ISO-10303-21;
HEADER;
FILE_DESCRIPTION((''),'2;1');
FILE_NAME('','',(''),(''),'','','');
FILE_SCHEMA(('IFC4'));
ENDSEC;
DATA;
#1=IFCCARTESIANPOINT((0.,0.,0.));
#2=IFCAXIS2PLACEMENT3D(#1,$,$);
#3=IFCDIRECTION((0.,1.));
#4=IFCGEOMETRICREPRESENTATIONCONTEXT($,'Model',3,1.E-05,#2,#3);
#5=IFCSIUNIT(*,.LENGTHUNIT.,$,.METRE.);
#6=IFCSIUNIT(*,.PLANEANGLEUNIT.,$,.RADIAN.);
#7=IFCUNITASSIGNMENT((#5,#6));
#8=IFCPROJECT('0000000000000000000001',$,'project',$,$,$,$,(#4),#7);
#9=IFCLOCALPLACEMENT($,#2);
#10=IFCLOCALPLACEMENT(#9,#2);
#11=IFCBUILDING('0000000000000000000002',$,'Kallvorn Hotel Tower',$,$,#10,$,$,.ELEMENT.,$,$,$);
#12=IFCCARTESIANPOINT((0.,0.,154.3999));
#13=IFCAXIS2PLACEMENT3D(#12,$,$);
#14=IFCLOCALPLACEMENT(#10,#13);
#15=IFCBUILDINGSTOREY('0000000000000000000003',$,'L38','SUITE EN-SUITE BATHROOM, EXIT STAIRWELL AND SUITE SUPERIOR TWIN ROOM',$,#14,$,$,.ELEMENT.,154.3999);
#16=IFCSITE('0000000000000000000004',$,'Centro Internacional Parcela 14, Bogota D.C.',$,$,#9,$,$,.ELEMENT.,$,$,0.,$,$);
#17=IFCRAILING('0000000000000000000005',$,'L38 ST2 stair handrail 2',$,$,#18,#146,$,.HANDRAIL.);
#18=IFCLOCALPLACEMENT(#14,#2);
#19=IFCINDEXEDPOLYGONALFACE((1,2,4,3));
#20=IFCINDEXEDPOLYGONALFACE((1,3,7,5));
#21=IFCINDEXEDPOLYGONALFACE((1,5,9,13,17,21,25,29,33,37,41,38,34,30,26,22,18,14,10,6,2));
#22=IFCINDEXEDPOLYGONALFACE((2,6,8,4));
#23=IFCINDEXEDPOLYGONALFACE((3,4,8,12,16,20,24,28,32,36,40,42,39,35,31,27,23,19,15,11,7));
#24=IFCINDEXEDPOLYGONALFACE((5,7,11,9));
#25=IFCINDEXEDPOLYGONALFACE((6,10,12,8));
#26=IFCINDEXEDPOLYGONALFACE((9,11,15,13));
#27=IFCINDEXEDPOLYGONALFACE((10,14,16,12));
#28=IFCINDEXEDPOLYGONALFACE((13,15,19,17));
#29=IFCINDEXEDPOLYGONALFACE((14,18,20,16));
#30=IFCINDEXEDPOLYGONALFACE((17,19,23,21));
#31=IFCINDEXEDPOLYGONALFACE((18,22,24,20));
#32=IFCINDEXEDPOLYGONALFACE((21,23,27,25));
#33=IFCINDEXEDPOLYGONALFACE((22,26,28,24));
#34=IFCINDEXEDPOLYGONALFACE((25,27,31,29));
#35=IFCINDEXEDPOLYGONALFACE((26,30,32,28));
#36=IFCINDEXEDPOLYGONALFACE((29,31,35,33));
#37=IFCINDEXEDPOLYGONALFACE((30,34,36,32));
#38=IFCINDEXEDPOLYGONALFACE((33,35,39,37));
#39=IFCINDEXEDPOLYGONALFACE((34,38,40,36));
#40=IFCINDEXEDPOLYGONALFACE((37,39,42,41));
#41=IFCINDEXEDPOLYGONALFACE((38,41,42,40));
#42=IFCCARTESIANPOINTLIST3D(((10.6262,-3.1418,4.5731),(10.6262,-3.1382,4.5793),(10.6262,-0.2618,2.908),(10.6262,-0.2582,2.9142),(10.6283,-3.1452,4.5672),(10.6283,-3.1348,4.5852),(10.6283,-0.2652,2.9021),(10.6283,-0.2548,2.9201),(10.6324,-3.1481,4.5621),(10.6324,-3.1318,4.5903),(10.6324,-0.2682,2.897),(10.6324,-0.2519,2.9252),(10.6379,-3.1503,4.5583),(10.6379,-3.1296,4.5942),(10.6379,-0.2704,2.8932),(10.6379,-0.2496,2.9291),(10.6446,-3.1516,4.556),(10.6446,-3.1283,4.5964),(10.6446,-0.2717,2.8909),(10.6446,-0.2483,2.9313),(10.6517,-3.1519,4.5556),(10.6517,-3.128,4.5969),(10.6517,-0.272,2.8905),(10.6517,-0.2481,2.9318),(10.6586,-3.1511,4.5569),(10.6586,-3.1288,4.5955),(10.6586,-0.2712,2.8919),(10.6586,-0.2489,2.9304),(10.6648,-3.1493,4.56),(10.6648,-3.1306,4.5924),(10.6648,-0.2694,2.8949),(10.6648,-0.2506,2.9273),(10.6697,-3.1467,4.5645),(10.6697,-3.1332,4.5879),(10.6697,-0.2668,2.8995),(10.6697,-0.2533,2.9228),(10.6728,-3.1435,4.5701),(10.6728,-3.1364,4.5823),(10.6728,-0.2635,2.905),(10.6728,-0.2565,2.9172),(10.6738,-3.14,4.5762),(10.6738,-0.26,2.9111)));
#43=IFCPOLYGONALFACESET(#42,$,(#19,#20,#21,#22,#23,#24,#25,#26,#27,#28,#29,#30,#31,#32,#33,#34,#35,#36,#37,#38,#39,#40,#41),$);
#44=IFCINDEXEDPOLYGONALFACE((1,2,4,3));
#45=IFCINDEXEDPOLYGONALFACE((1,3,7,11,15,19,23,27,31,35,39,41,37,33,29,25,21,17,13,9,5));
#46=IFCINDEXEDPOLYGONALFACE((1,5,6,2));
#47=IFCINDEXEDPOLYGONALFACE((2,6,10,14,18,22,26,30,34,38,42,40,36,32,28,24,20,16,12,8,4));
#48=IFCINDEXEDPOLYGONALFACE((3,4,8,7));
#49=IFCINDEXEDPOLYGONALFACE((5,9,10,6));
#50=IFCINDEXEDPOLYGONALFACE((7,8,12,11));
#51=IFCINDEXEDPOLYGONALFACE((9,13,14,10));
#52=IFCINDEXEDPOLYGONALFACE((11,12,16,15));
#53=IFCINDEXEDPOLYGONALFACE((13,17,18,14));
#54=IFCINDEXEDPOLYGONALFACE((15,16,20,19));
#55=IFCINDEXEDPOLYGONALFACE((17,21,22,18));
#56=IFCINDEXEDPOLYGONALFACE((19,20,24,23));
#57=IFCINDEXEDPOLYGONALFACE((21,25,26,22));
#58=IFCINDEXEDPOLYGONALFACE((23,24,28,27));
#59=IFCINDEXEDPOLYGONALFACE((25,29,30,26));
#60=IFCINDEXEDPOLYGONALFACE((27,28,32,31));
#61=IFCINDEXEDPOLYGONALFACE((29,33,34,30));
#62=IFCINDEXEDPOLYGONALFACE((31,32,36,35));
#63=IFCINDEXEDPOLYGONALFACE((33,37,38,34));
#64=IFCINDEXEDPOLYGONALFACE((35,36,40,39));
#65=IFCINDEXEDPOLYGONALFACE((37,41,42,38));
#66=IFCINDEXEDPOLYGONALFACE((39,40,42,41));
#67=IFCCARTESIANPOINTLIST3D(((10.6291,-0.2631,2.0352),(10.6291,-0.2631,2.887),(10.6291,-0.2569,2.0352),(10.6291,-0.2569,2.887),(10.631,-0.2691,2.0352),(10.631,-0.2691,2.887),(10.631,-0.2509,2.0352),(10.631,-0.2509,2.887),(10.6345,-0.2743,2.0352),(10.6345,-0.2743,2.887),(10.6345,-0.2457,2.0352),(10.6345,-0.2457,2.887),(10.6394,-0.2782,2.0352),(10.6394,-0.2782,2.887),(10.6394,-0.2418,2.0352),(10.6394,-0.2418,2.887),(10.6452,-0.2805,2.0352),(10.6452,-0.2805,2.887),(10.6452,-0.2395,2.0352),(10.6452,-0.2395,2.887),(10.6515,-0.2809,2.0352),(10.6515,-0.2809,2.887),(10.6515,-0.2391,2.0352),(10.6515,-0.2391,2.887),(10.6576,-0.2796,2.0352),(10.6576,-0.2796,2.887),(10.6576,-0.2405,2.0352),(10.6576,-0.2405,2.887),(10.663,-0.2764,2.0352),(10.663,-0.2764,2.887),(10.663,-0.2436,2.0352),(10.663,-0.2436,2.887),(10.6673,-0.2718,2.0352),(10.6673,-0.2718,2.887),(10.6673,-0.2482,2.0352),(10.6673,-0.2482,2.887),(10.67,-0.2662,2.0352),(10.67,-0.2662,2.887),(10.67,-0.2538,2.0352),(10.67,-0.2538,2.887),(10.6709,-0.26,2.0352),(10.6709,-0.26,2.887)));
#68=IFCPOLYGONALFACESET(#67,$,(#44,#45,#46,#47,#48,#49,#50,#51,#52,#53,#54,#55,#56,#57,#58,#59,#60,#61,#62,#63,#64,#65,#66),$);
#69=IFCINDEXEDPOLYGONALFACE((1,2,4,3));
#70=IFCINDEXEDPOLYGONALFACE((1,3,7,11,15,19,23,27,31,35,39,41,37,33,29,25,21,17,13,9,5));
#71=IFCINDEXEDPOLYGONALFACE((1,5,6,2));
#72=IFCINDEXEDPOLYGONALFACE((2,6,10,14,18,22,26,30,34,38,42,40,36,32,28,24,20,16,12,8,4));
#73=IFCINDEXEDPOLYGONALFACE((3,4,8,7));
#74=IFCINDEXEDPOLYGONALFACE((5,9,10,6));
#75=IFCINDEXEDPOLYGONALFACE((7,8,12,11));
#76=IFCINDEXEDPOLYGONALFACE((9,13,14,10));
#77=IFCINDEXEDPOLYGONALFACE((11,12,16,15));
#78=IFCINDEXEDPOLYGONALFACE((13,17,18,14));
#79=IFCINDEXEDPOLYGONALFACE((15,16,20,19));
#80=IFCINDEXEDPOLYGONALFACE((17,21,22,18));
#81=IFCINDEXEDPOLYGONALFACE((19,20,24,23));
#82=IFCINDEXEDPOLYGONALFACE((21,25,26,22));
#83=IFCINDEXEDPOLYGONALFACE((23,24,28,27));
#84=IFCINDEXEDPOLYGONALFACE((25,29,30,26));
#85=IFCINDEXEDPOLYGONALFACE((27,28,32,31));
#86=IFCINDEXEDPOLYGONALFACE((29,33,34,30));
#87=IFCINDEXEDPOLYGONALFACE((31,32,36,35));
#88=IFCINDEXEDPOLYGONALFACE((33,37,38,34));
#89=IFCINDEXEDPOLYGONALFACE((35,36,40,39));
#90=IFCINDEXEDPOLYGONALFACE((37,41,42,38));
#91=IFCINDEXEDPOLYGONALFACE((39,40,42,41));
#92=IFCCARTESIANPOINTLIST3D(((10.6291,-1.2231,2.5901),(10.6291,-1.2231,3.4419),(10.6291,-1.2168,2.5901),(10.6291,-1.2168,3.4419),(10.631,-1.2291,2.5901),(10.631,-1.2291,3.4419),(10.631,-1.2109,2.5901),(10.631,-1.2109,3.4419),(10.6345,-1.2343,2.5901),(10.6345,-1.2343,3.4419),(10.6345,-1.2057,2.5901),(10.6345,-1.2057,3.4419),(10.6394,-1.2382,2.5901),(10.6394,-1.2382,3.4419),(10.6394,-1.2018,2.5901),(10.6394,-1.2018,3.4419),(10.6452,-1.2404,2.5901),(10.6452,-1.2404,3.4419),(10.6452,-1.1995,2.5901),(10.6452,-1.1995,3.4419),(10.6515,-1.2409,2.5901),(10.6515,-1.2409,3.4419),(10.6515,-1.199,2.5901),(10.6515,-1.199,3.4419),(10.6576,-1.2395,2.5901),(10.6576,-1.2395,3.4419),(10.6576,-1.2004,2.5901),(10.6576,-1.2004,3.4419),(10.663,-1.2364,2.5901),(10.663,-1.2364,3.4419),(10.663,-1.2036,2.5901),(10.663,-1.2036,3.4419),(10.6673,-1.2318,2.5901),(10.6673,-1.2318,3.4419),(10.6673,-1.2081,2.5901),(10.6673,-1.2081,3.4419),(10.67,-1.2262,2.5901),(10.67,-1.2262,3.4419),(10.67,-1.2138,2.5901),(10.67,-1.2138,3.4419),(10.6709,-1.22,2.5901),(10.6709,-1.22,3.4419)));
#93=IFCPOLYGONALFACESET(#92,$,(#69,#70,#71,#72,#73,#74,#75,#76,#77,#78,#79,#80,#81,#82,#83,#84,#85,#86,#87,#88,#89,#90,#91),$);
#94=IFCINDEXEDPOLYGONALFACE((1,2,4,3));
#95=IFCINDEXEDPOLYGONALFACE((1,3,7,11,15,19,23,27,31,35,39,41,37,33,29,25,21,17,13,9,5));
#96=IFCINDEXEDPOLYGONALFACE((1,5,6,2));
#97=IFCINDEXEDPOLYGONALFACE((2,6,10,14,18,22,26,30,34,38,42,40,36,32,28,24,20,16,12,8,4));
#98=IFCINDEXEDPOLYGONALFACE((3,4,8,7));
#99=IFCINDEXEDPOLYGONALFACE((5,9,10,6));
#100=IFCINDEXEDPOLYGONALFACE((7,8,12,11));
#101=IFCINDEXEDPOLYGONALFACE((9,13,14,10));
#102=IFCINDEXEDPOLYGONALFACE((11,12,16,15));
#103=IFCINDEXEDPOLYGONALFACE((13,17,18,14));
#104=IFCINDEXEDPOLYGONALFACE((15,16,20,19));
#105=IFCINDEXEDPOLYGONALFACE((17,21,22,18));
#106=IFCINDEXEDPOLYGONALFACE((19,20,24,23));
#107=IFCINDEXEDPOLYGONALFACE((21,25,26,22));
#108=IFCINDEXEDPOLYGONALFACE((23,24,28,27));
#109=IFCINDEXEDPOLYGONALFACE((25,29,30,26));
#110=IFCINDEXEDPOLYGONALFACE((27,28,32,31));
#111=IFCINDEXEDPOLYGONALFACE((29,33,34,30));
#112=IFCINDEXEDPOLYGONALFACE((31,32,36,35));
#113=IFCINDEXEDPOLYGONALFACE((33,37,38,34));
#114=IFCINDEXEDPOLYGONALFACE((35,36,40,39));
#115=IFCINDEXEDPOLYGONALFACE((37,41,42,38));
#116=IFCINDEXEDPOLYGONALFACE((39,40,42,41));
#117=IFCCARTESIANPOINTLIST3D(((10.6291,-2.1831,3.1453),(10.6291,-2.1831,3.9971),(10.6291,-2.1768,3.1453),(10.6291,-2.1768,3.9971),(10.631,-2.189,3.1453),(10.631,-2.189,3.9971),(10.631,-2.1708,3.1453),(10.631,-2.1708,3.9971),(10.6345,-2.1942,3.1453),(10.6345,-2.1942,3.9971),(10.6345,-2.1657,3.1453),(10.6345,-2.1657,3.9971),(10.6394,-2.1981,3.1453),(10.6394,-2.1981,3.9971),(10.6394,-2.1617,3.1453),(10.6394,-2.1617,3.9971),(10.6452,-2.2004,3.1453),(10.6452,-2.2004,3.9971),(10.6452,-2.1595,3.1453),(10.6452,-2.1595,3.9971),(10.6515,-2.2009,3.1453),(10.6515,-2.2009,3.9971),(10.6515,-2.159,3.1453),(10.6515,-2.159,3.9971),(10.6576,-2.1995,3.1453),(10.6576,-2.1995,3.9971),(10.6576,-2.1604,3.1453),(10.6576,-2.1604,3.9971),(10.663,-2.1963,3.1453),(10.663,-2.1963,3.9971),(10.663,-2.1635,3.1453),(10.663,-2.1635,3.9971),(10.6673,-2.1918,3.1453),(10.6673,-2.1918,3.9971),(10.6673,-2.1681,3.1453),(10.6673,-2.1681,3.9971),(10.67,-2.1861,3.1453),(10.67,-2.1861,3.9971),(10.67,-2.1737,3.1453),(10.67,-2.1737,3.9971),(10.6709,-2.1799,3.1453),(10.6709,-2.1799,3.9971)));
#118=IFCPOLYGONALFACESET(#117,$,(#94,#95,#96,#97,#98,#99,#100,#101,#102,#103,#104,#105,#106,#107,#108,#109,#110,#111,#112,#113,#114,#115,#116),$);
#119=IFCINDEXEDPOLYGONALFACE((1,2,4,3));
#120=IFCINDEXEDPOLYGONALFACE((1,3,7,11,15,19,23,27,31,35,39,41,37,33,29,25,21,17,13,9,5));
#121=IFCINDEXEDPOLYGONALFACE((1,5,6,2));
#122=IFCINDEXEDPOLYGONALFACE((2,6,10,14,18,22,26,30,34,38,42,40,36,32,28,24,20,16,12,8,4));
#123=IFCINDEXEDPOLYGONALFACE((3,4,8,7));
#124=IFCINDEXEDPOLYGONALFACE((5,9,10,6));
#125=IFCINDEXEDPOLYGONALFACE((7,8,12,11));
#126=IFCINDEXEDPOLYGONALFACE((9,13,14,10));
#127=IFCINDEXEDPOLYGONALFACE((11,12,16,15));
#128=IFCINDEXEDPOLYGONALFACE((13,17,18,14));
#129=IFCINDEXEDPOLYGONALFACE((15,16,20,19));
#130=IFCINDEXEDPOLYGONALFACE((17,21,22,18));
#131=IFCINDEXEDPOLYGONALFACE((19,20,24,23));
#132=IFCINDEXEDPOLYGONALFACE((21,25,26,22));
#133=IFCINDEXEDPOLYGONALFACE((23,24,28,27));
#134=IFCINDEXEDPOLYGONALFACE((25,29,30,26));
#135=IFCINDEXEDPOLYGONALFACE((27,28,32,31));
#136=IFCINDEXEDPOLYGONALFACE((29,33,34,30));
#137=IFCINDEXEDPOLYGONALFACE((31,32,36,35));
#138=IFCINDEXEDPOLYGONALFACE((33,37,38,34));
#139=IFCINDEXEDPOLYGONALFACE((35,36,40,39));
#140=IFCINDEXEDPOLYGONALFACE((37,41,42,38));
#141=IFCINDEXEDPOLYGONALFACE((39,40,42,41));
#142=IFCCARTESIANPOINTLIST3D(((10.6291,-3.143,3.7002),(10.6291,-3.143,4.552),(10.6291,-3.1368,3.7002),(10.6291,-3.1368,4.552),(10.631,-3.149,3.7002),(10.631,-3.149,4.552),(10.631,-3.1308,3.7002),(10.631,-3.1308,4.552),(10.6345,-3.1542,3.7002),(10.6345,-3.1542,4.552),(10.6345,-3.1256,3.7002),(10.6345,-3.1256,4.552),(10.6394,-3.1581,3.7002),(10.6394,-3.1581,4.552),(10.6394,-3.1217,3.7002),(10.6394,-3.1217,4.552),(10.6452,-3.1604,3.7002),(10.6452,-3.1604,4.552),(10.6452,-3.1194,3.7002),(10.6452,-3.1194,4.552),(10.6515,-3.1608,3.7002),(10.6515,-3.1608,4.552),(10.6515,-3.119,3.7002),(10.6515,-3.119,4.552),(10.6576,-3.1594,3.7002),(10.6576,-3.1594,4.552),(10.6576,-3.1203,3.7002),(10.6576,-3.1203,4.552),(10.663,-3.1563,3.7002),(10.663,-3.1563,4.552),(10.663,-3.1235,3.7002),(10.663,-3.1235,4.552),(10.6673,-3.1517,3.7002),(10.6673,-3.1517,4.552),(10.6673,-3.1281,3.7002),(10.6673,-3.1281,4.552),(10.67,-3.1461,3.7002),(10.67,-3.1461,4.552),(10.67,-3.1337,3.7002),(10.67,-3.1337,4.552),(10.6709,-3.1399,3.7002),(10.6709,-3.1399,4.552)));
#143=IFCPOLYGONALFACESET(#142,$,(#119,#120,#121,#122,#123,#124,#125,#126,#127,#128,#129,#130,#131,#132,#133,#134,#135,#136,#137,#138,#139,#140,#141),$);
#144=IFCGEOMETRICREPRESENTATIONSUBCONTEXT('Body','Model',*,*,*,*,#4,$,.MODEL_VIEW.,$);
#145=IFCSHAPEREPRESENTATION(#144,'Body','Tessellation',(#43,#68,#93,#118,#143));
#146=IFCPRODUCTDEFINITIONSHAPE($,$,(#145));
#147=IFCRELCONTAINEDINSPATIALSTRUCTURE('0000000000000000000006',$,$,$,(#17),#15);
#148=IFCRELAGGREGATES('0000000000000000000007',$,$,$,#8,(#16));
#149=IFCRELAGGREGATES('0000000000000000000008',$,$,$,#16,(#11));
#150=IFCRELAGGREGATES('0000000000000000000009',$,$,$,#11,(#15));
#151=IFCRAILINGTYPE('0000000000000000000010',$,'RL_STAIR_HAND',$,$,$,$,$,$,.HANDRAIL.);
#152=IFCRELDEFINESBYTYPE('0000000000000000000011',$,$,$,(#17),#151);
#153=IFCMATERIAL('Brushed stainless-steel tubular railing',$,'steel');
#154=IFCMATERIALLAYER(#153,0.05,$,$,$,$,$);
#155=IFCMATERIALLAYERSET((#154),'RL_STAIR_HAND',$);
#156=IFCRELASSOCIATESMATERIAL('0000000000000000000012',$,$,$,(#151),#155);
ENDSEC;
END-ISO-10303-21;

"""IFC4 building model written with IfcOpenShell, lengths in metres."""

from ifc_helpers import new_model, si_unit, direction, frame, origin, origin_2d, place, context, subcontext, project, spatial, circle, extrude, material, layer, layer_set, type_object, element, save


model = new_model("IFC4")

# Units and contexts
model_context = context("Model", 3, precision=1e-05, world=origin(), true_north=direction((0.0, 1.0)))
body_context = subcontext(model_context, "Body", "Model", "MODEL_VIEW")
ifc_project = project(units=[si_unit("LENGTHUNIT", "METRE"), si_unit("PLANEANGLEUNIT", "RADIAN")], contexts=[model_context])

# Site, building, storey
site_placement = place(None, origin())
site = spatial("IfcSite", under=ifc_project, at=site_placement, Name="Centro Internacional Parcela 14, Bogota D.C.", CompositionType="ELEMENT", RefElevation=0.0)
building_placement = place(site_placement, origin())
building = spatial("IfcBuilding", under=site, at=building_placement, Name="Kallvorn Hotel Tower", CompositionType="ELEMENT")
storey_placement = place(building_placement, frame((0.0, 0.0, 154.3999)))
storey = spatial("IfcBuildingStorey", under=building, at=storey_placement, Name="L38", Description="SUITE EN-SUITE BATHROOM, EXIT STAIRWELL AND SUITE SUPERIOR TWIN ROOM", CompositionType="ELEMENT", Elevation=154.3999)

# Railing
ifc_material_1 = material(Name="Brushed stainless-steel tubular railing", Category="steel")
ifc_layer_1 = layer(ifc_material_1, 0.05)
ifc_layer_set_1 = layer_set([ifc_layer_1], Name="RL_STAIR_HAND")
railing_type_1 = type_object("IfcRailingType", Name="RL_STAIR_HAND", PredefinedType="HANDRAIL", material=ifc_layer_set_1)
railing_1_placement = place(storey_placement, frame((10.6499, -0.26, 2.0352)))
element("IfcRailing", 1, at=railing_1_placement, inside=storey, type_object=railing_type_1, Name="L38 ST2 stair handrail 2", PredefinedType="HANDRAIL", context=body_context, shape_type="SweptSolid", body=[
    extrude(circle(Radius=0.0239, at=origin_2d()), frame((0.0, 0.0, 0.876), z_axis=(0.0, -0.865721, 0.500527), x_axis=(1.0, 0.0, 0.0)), (0.0, 0.0, 1.0), 3.3267),
    extrude(circle(Radius=0.021, at=origin_2d()), origin(), (0.0, 0.0, 1.0), 0.8518),
    extrude(circle(Radius=0.021, at=origin_2d()), frame((0.0, -0.96, 0.5549)), (0.0, 0.0, 1.0), 0.8518),
    extrude(circle(Radius=0.021, at=origin_2d()), frame((0.0, -1.9199, 1.1101)), (0.0, 0.0, 1.0), 0.8518),
    extrude(circle(Radius=0.021, at=origin_2d()), frame((0.0, -2.8799, 1.665)), (0.0, 0.0, 1.0), 0.8518),
])

save(model, "model.ifc")
